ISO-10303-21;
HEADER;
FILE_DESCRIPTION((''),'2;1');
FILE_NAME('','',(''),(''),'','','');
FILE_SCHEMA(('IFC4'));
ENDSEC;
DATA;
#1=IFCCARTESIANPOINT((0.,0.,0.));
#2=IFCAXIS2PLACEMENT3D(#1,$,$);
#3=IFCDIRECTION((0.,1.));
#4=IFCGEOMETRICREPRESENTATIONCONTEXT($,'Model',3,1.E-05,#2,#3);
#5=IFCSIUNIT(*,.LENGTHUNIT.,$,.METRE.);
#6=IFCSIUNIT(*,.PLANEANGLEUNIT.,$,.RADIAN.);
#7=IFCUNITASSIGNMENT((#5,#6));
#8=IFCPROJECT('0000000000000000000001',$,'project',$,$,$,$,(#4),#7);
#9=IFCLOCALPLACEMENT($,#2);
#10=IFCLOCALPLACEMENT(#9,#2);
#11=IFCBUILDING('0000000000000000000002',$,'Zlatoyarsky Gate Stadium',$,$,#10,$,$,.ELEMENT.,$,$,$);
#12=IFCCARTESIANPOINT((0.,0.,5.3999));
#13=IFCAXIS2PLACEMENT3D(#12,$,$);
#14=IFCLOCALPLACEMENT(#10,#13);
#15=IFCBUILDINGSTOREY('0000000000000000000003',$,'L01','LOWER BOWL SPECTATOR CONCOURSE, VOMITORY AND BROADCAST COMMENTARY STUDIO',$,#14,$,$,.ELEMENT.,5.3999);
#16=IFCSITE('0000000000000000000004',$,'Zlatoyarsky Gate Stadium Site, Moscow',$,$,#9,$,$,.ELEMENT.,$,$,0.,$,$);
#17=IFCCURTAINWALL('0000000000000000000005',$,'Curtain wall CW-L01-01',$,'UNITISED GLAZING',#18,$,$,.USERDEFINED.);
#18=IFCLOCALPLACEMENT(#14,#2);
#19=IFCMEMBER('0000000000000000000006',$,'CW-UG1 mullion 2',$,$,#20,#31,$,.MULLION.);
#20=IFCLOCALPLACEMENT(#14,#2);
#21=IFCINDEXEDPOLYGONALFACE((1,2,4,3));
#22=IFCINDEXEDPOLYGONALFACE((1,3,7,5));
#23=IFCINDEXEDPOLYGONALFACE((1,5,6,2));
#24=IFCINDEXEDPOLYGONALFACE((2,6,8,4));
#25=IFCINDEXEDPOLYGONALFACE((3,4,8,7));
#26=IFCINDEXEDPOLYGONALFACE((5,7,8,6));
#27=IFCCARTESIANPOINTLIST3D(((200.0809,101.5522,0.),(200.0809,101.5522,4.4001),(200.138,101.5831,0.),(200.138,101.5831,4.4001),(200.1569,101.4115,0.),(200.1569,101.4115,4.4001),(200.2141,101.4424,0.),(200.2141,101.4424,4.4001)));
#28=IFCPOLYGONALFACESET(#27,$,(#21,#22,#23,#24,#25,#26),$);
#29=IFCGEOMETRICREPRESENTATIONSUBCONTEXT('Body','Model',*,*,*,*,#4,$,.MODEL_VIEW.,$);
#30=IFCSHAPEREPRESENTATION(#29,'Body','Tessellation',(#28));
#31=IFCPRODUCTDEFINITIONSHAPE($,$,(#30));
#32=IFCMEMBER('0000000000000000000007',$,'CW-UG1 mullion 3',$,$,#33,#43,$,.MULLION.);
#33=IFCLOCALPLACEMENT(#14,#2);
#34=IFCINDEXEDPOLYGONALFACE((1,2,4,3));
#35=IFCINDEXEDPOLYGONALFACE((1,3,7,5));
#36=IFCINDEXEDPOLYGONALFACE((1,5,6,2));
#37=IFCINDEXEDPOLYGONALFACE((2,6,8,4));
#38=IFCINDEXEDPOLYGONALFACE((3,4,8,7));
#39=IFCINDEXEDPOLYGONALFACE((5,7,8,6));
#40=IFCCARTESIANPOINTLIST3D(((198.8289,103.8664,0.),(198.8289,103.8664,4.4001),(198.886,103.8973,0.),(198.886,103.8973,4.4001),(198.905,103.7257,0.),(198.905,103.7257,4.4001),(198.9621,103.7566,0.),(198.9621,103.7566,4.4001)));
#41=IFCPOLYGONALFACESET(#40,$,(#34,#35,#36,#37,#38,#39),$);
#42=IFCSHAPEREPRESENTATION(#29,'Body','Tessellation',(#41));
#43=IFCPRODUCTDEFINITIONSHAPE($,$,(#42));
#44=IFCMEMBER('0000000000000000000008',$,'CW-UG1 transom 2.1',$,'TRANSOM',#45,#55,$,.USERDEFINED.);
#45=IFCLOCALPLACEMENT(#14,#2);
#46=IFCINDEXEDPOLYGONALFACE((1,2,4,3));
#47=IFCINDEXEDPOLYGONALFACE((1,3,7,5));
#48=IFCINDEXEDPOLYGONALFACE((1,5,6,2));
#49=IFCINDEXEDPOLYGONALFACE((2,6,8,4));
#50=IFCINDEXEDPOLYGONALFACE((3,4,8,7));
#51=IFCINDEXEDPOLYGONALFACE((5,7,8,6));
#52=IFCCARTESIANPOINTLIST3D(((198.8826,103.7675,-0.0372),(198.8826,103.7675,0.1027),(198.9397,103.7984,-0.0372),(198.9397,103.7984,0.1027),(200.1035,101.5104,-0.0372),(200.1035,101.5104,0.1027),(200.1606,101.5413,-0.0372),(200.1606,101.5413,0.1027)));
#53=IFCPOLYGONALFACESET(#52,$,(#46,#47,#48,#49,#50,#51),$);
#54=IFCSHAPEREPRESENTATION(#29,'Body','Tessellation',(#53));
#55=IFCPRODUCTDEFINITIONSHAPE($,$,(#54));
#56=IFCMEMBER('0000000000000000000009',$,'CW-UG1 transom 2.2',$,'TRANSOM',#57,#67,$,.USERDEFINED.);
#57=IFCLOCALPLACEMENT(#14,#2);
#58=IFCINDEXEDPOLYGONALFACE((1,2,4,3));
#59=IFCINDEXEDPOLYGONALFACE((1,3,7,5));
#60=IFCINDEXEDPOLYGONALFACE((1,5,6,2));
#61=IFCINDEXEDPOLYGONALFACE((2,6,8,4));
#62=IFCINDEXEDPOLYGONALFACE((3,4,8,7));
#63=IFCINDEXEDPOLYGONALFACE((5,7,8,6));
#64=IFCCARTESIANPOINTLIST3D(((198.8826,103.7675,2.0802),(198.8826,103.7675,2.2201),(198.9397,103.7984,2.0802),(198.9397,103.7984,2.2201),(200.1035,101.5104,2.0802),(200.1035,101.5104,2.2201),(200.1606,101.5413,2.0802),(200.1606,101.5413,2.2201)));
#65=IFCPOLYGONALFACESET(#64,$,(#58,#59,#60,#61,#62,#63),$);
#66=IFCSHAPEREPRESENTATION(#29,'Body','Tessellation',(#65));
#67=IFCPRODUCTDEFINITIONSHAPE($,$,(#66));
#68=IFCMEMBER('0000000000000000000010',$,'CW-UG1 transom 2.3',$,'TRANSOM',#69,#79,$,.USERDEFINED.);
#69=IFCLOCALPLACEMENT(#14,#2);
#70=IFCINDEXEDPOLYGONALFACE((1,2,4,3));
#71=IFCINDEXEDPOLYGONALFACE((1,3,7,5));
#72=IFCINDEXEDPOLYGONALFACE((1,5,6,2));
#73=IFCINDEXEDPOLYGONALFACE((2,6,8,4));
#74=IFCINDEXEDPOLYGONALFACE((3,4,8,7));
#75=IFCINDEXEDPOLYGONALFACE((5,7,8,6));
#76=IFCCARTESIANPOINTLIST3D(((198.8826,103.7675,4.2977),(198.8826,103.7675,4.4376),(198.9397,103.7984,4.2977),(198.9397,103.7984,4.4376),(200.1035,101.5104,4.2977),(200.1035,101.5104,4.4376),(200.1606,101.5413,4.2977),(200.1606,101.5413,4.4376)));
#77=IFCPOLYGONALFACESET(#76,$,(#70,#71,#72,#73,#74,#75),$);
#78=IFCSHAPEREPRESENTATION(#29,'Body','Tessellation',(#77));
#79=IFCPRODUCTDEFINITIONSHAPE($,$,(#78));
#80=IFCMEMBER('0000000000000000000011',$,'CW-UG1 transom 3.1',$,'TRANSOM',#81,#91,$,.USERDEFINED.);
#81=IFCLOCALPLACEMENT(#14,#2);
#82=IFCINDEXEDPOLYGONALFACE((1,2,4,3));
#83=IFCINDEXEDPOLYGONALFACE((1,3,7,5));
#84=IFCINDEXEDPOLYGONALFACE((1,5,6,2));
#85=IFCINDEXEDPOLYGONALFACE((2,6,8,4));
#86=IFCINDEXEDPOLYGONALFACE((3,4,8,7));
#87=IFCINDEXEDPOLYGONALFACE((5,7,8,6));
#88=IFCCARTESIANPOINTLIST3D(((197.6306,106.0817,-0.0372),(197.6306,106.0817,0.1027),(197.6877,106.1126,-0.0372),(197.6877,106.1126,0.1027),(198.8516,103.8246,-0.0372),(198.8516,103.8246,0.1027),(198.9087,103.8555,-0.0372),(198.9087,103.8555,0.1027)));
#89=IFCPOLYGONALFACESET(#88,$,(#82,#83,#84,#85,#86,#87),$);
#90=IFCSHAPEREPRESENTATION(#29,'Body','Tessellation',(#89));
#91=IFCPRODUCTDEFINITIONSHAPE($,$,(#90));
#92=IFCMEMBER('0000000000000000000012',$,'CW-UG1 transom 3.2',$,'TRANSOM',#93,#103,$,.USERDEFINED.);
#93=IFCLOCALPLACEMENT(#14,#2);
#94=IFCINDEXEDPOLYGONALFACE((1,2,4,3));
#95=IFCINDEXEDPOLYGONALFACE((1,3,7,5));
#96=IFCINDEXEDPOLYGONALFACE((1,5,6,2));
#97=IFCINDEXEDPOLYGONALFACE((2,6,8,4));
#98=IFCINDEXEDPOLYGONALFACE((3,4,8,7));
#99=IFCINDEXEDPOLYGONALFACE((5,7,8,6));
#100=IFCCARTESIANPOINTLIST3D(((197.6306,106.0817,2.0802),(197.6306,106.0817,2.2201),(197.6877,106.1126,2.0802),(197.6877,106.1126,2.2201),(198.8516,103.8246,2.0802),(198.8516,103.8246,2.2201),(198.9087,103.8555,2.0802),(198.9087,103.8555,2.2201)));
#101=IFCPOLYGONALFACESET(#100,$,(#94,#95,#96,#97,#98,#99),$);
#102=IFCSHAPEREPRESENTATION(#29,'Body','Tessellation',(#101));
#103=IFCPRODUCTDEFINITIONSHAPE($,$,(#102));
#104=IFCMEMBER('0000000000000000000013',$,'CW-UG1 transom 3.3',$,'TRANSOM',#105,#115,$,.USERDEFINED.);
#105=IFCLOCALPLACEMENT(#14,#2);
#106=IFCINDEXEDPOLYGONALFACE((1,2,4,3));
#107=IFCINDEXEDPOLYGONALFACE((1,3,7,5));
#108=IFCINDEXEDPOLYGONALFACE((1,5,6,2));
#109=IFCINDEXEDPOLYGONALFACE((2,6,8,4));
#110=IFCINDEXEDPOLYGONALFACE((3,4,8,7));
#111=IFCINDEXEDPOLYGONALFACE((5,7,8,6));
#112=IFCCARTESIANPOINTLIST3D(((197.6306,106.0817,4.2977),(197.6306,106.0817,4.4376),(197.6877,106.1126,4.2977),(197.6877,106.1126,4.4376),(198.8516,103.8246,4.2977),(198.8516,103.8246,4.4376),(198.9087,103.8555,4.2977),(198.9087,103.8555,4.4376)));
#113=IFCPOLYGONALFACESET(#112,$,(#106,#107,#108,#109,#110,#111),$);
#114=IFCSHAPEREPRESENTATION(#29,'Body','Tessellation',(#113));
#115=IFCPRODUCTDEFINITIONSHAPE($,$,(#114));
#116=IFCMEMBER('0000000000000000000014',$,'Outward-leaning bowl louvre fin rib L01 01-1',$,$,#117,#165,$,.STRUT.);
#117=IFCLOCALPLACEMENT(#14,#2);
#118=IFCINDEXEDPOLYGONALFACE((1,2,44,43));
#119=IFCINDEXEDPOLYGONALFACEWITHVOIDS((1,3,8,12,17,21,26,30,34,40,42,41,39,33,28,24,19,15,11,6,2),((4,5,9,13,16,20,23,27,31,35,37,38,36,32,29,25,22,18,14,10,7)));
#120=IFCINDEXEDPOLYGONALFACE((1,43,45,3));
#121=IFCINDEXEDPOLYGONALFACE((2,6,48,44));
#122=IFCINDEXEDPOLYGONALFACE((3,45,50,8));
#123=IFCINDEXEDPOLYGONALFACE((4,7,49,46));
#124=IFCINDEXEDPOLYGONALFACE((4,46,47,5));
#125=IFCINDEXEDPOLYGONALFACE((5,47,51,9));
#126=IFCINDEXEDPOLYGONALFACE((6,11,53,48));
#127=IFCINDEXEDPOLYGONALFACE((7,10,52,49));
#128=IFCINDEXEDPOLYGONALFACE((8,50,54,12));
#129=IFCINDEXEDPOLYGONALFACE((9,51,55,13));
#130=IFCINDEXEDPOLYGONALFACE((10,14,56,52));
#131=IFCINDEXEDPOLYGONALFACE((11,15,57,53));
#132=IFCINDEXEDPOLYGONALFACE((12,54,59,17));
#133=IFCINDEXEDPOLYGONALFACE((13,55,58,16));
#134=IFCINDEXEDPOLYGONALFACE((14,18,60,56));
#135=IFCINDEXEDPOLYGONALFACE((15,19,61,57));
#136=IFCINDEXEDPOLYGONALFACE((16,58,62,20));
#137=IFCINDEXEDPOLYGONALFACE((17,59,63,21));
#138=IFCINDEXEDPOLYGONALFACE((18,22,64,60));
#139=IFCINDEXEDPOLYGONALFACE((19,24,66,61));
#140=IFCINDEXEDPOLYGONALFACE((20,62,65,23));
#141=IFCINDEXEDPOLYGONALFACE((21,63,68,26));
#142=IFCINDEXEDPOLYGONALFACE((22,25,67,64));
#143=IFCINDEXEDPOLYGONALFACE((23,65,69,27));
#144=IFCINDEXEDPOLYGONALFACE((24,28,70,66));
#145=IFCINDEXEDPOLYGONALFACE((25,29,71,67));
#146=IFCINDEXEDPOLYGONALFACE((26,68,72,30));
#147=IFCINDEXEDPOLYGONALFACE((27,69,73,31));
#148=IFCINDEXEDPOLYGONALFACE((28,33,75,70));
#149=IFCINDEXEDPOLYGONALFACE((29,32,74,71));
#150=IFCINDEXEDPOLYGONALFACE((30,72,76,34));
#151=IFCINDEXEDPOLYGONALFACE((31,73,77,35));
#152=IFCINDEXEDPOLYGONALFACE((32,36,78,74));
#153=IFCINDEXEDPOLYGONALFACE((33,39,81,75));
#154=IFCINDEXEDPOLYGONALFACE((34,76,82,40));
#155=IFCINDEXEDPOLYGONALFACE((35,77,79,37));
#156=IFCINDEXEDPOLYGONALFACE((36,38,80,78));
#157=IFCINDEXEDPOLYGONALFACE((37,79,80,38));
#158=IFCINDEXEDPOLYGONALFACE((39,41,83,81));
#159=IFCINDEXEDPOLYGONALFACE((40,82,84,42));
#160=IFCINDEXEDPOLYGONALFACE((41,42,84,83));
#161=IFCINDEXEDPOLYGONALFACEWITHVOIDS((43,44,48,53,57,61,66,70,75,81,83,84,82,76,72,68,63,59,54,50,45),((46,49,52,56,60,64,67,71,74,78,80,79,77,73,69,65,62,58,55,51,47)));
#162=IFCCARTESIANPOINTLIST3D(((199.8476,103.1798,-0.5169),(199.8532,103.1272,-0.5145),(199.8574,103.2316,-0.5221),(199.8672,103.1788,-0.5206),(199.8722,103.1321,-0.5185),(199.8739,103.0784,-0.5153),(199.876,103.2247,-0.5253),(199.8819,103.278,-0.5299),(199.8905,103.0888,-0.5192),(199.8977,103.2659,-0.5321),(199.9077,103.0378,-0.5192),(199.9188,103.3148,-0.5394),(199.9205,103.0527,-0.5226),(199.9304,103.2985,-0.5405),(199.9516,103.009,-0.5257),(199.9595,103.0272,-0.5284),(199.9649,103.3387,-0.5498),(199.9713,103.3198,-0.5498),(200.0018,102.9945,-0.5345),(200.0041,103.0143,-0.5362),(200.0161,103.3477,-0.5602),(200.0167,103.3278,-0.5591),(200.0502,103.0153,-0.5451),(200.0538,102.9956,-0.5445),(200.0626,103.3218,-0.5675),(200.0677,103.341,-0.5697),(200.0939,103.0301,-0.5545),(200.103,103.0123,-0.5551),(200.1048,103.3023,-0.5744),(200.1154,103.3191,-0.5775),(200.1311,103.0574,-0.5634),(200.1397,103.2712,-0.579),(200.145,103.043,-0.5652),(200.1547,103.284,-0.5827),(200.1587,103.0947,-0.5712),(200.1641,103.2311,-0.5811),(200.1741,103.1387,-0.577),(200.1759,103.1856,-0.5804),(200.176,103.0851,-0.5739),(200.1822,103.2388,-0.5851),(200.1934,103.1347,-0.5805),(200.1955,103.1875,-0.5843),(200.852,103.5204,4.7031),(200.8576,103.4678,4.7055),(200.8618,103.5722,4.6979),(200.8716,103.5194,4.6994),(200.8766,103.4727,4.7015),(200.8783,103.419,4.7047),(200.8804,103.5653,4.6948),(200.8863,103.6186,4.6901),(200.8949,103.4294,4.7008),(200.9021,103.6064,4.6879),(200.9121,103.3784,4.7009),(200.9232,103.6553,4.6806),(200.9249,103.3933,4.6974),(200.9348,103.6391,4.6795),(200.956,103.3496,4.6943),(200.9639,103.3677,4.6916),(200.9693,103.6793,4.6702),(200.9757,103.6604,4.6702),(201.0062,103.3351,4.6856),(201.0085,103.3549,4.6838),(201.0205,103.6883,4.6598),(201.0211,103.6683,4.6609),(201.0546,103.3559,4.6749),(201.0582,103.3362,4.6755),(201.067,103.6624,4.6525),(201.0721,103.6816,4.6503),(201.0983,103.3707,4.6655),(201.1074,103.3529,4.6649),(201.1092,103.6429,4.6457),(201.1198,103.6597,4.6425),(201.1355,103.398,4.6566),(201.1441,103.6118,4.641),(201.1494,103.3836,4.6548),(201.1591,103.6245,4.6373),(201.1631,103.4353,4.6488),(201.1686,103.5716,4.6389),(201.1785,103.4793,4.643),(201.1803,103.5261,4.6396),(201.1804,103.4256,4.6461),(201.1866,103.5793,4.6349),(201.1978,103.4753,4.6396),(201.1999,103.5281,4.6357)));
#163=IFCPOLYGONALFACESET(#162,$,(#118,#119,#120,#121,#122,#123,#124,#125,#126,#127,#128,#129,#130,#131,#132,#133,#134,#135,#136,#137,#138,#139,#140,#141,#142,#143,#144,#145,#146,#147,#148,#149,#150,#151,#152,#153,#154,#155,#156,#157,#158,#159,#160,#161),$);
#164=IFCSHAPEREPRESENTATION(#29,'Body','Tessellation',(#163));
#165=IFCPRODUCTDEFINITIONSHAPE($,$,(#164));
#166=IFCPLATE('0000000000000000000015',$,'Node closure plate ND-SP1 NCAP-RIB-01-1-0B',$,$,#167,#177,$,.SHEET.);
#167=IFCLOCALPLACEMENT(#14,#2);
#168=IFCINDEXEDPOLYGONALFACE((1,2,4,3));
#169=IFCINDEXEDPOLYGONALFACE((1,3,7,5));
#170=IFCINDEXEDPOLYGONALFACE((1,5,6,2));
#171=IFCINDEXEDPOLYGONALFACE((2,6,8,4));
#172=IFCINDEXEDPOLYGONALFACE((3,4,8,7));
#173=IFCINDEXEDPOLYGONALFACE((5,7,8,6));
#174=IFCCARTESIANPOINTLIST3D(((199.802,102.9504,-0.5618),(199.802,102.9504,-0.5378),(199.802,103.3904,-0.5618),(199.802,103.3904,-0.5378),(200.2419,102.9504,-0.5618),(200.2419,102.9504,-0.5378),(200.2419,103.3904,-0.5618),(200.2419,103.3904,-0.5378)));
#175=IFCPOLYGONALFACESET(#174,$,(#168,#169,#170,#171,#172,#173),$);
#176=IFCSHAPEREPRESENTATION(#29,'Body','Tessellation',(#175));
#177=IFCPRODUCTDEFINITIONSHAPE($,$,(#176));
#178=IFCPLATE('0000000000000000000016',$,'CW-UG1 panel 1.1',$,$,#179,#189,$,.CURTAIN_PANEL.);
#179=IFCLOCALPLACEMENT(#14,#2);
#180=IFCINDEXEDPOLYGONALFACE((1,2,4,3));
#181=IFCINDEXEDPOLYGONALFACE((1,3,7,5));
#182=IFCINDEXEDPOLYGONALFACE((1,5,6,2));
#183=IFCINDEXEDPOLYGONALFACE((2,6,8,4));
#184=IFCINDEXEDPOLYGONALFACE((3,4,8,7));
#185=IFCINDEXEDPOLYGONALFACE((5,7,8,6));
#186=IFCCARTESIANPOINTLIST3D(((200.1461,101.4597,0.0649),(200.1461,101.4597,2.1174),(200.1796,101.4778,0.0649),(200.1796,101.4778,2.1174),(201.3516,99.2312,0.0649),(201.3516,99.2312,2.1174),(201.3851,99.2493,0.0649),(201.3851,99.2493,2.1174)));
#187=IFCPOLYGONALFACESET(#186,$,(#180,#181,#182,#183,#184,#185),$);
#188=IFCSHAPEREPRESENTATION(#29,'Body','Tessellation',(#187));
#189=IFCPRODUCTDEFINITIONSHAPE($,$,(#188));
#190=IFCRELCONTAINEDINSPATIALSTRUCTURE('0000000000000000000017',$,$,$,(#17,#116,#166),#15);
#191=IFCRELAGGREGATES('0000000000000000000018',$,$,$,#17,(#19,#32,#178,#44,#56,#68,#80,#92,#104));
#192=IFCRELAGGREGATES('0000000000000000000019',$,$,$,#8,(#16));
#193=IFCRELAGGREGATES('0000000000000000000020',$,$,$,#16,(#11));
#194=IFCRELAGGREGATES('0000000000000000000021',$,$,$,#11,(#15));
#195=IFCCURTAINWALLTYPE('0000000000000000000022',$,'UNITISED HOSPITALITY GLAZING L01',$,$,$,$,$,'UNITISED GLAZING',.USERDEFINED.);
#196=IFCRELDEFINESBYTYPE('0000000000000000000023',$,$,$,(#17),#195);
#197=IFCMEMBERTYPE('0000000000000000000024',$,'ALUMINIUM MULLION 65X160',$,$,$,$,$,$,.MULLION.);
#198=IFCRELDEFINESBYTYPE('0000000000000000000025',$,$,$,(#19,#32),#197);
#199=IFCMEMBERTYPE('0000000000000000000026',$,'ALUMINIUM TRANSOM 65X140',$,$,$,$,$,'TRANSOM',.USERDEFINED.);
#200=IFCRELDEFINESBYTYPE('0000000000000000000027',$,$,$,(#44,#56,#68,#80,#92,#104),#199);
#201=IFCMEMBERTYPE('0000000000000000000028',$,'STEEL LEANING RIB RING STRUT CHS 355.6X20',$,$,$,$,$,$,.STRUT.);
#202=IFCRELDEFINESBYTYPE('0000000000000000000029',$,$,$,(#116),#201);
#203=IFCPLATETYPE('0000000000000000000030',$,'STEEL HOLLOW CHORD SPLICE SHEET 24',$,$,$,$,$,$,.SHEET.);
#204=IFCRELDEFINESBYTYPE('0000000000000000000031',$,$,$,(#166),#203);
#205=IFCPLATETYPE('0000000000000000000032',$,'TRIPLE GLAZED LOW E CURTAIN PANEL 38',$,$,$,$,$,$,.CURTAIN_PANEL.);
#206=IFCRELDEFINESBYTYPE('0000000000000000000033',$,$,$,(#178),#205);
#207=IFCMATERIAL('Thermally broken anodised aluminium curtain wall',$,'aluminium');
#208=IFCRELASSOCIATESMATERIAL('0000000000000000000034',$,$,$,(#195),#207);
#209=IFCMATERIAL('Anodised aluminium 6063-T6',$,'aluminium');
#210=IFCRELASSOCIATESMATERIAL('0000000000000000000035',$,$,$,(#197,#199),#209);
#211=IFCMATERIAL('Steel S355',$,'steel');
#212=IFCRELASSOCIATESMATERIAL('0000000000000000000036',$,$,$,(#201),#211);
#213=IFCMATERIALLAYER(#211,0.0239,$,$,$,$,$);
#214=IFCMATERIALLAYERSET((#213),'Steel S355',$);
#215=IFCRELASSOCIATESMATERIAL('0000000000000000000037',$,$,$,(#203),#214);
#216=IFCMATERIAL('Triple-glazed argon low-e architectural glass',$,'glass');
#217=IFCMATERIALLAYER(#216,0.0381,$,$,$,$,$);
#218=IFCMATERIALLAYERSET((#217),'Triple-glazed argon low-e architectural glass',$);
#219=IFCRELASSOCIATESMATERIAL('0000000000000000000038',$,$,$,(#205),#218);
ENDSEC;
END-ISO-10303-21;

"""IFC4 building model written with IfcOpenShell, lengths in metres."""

from ifc_helpers import new_model, si_unit, direction, frame, origin, origin_2d, place, context, subcontext, project, spatial, rectangle, hollow_circle, extrude, material, layer, layer_set, material_profile, profile_set, type_object, element, aggregate, save


model = new_model("IFC4")

# Units and contexts
model_context = context("Model", 3, precision=1e-05, world=origin(), true_north=direction((0.0, 1.0)))
body_context = subcontext(model_context, "Body", "Model", "MODEL_VIEW")
ifc_project = project(units=[si_unit("LENGTHUNIT", "METRE"), si_unit("PLANEANGLEUNIT", "RADIAN")], contexts=[model_context])

# Site, building, storey
site_placement = place(None, origin())
site = spatial("IfcSite", under=ifc_project, at=site_placement, Name="Zlatoyarsky Gate Stadium Site, Moscow", CompositionType="ELEMENT", RefElevation=0.0)
building_placement = place(site_placement, origin())
building = spatial("IfcBuilding", under=site, at=building_placement, Name="Zlatoyarsky Gate Stadium", CompositionType="ELEMENT")
storey_placement = place(building_placement, frame((0.0, 0.0, 5.3999)))
storey = spatial("IfcBuildingStorey", under=building, at=storey_placement, Name="L01", Description="LOWER BOWL SPECTATOR CONCOURSE, VOMITORY AND BROADCAST COMMENTARY STUDIO", CompositionType="ELEMENT", Elevation=5.3999)

# Curtain wall, members
ifc_material_1 = material(Name="Thermally broken anodised aluminium curtain wall", Category="aluminium")
curtain_wall_type = type_object("IfcCurtainWallType", Name="UNITISED HOSPITALITY GLAZING L01", ElementType="UNITISED GLAZING", PredefinedType="USERDEFINED", material=ifc_material_1)
curtain_wall_placement = place(storey_placement, origin())
curtain_wall = element("IfcCurtainWall", 1, at=curtain_wall_placement, inside=storey, type_object=curtain_wall_type, Name="Curtain wall CW-L01-01", ObjectType="UNITISED GLAZING", PredefinedType="USERDEFINED")
ifc_material_2 = material(Name="Anodised aluminium 6063-T6", Category="aluminium")
ifc_material_profile_1 = material_profile(ifc_material_2, rectangle(XDim=0.0649, YDim=0.1599, at=origin_2d()), Name="ALU 65X160")
ifc_profile_set_1 = profile_set([ifc_material_profile_1], Name="Anodised aluminium 6063-T6")
member_type_1 = type_object("IfcMemberType", Name="ALUMINIUM MULLION 65X160", PredefinedType="MULLION", material=ifc_profile_set_1)
member_1_placement = place(storey_placement, frame((200.1475, 101.4973, 0.0), z_axis=(0.0, 0.0, 1.0), x_axis=(-0.879562, -0.475784, 0.0)))
member_1 = element("IfcMember", 2, at=member_1_placement, type_object=member_type_1, Name="CW-UG1 mullion 2", PredefinedType="MULLION", context=body_context, shape_type="SweptSolid", body=[
    extrude(rectangle(XDim=0.0649, YDim=0.1599, at=origin_2d()), origin(), (0.0, 0.0, 1.0), 4.4001),
])
member_2_placement = place(storey_placement, frame((198.8955, 103.8115, 0.0), z_axis=(0.0, 0.0, 1.0), x_axis=(-0.879562, -0.475784, 0.0)))
member_2 = element("IfcMember", 3, at=member_2_placement, type_object=member_type_1, Name="CW-UG1 mullion 3", PredefinedType="MULLION", context=body_context, shape_type="SweptSolid", body=[
    extrude(rectangle(XDim=0.0649, YDim=0.1599, at=origin_2d()), origin(), (0.0, 0.0, 1.0), 4.4001),
])
ifc_material_profile_2 = material_profile(ifc_material_2, rectangle(XDim=0.0649, YDim=0.1399, at=origin_2d()), Name="ALU 65X140")
ifc_profile_set_2 = profile_set([ifc_material_profile_2], Name="Anodised aluminium 6063-T6")
member_type_2 = type_object("IfcMemberType", Name="ALUMINIUM TRANSOM 65X140", ElementType="TRANSOM", PredefinedType="USERDEFINED", material=ifc_profile_set_2)
member_3_placement = place(storey_placement, frame((200.1321, 101.5259, 0.0327), z_axis=(-0.47579, 0.879559, 0.0), x_axis=(-0.879559, -0.47579, 0.0)))
member_3 = element("IfcMember", 4, at=member_3_placement, type_object=member_type_2, Name="CW-UG1 transom 2.1", ObjectType="TRANSOM", PredefinedType="USERDEFINED", context=body_context, shape_type="SweptSolid", body=[
    extrude(rectangle(XDim=0.0649, YDim=0.1399, at=origin_2d()), origin(), (0.0, 0.0, 1.0), 2.5662),
])
member_4_placement = place(storey_placement, frame((200.1321, 101.5259, 2.1501), z_axis=(-0.47579, 0.879559, 0.0), x_axis=(-0.879559, -0.47579, 0.0)))
member_4 = element("IfcMember", 5, at=member_4_placement, type_object=member_type_2, Name="CW-UG1 transom 2.2", ObjectType="TRANSOM", PredefinedType="USERDEFINED", context=body_context, shape_type="SweptSolid", body=[
    extrude(rectangle(XDim=0.0649, YDim=0.1399, at=origin_2d()), origin(), (0.0, 0.0, 1.0), 2.5662),
])
member_5_placement = place(storey_placement, frame((200.1321, 101.5259, 4.3677), z_axis=(-0.47579, 0.879559, 0.0), x_axis=(-0.879559, -0.47579, 0.0)))
member_5 = element("IfcMember", 6, at=member_5_placement, type_object=member_type_2, Name="CW-UG1 transom 2.3", ObjectType="TRANSOM", PredefinedType="USERDEFINED", context=body_context, shape_type="SweptSolid", body=[
    extrude(rectangle(XDim=0.0649, YDim=0.1399, at=origin_2d()), origin(), (0.0, 0.0, 1.0), 2.5662),
])
member_6_placement = place(storey_placement, frame((198.8801, 103.8401, 0.0327), z_axis=(-0.47579, 0.879559, 0.0), x_axis=(-0.879559, -0.47579, 0.0)))
member_6 = element("IfcMember", 7, at=member_6_placement, type_object=member_type_2, Name="CW-UG1 transom 3.1", ObjectType="TRANSOM", PredefinedType="USERDEFINED", context=body_context, shape_type="SweptSolid", body=[
    extrude(rectangle(XDim=0.0649, YDim=0.1399, at=origin_2d()), origin(), (0.0, 0.0, 1.0), 2.5662),
])
member_7_placement = place(storey_placement, frame((198.8801, 103.8401, 2.1501), z_axis=(-0.47579, 0.879559, 0.0), x_axis=(-0.879559, -0.47579, 0.0)))
member_7 = element("IfcMember", 8, at=member_7_placement, type_object=member_type_2, Name="CW-UG1 transom 3.2", ObjectType="TRANSOM", PredefinedType="USERDEFINED", context=body_context, shape_type="SweptSolid", body=[
    extrude(rectangle(XDim=0.0649, YDim=0.1399, at=origin_2d()), origin(), (0.0, 0.0, 1.0), 2.5662),
])
member_8_placement = place(storey_placement, frame((198.8801, 103.8401, 4.3677), z_axis=(-0.47579, 0.879559, 0.0), x_axis=(-0.879559, -0.47579, 0.0)))
member_8 = element("IfcMember", 9, at=member_8_placement, type_object=member_type_2, Name="CW-UG1 transom 3.3", ObjectType="TRANSOM", PredefinedType="USERDEFINED", context=body_context, shape_type="SweptSolid", body=[
    extrude(rectangle(XDim=0.0649, YDim=0.1399, at=origin_2d()), origin(), (0.0, 0.0, 1.0), 2.5662),
])

# Member
ifc_material_3 = material(Name="Steel S355", Category="steel")
ifc_material_profile_3 = material_profile(ifc_material_3, hollow_circle(Radius=0.1777, WallThickness=0.02, at=origin_2d()), Name="CHS 355.6X20")
ifc_profile_set_3 = profile_set([ifc_material_profile_3], Name="Steel S355")
member_type_3 = type_object("IfcMemberType", Name="STEEL LEANING RIB RING STRUT CHS 355.6X20", PredefinedType="STRUT", material=ifc_profile_set_3)
member_9_placement = place(storey_placement, frame((200.022, 103.1704, -0.5498), z_axis=(0.188561, 0.063938, 0.979978), x_axis=(-0.321127, 0.947036, 0.0)))
element("IfcMember", 10, at=member_9_placement, inside=storey, type_object=member_type_3, Name="Outward-leaning bowl louvre fin rib L01 01-1", PredefinedType="STRUT", context=body_context, shape_type="SweptSolid", body=[
    extrude(hollow_circle(Radius=0.1777, WallThickness=0.02, at=origin_2d()), origin(), (0.0, 0.0, 1.0), 5.3267),
])

# Plates
ifc_layer_1 = layer(ifc_material_3, 0.0239)
ifc_layer_set_1 = layer_set([ifc_layer_1], Name="Steel S355")
plate_type_1 = type_object("IfcPlateType", Name="STEEL HOLLOW CHORD SPLICE SHEET 24", PredefinedType="SHEET", material=ifc_layer_set_1)
plate_1_placement = place(storey_placement, frame((200.022, 103.1704, -0.5618), z_axis=(0.0, 0.0, 1.0), x_axis=(1.0, 0.0, 0.0)))
element("IfcPlate", 11, at=plate_1_placement, inside=storey, type_object=plate_type_1, Name="Node closure plate ND-SP1 NCAP-RIB-01-1-0B", PredefinedType="SHEET", context=body_context, shape_type="SweptSolid", body=[
    extrude(rectangle(XDim=0.4399, YDim=0.4399, at=origin_2d()), origin(), (0.0, 0.0, 1.0), 0.0239),
])
ifc_material_4 = material(Name="Triple-glazed argon low-e architectural glass", Category="glass")
ifc_layer_2 = layer(ifc_material_4, 0.0381)
ifc_layer_set_2 = layer_set([ifc_layer_2], Name="Triple-glazed argon low-e architectural glass")
plate_type_2 = type_object("IfcPlateType", Name="TRIPLE GLAZED LOW E CURTAIN PANEL 38", PredefinedType="CURTAIN_PANEL", material=ifc_layer_set_2)
plate_2_placement = place(storey_placement, frame((200.7656, 100.3545, 0.0649), z_axis=(0.0, 0.0, 1.0), x_axis=(-0.475784, 0.879562, 0.0)))
plate_2 = element("IfcPlate", 12, at=plate_2_placement, type_object=plate_type_2, Name="CW-UG1 panel 1.1", PredefinedType="CURTAIN_PANEL", context=body_context, shape_type="SweptSolid", body=[
    extrude(rectangle(XDim=2.5337, YDim=0.0381, at=origin_2d()), origin(), (0.0, 0.0, 1.0), 2.0525),
])
aggregate(curtain_wall, [member_1, member_2, plate_2, member_3, member_4, member_5, member_6, member_7, member_8])

save(model, "model.ifc")
